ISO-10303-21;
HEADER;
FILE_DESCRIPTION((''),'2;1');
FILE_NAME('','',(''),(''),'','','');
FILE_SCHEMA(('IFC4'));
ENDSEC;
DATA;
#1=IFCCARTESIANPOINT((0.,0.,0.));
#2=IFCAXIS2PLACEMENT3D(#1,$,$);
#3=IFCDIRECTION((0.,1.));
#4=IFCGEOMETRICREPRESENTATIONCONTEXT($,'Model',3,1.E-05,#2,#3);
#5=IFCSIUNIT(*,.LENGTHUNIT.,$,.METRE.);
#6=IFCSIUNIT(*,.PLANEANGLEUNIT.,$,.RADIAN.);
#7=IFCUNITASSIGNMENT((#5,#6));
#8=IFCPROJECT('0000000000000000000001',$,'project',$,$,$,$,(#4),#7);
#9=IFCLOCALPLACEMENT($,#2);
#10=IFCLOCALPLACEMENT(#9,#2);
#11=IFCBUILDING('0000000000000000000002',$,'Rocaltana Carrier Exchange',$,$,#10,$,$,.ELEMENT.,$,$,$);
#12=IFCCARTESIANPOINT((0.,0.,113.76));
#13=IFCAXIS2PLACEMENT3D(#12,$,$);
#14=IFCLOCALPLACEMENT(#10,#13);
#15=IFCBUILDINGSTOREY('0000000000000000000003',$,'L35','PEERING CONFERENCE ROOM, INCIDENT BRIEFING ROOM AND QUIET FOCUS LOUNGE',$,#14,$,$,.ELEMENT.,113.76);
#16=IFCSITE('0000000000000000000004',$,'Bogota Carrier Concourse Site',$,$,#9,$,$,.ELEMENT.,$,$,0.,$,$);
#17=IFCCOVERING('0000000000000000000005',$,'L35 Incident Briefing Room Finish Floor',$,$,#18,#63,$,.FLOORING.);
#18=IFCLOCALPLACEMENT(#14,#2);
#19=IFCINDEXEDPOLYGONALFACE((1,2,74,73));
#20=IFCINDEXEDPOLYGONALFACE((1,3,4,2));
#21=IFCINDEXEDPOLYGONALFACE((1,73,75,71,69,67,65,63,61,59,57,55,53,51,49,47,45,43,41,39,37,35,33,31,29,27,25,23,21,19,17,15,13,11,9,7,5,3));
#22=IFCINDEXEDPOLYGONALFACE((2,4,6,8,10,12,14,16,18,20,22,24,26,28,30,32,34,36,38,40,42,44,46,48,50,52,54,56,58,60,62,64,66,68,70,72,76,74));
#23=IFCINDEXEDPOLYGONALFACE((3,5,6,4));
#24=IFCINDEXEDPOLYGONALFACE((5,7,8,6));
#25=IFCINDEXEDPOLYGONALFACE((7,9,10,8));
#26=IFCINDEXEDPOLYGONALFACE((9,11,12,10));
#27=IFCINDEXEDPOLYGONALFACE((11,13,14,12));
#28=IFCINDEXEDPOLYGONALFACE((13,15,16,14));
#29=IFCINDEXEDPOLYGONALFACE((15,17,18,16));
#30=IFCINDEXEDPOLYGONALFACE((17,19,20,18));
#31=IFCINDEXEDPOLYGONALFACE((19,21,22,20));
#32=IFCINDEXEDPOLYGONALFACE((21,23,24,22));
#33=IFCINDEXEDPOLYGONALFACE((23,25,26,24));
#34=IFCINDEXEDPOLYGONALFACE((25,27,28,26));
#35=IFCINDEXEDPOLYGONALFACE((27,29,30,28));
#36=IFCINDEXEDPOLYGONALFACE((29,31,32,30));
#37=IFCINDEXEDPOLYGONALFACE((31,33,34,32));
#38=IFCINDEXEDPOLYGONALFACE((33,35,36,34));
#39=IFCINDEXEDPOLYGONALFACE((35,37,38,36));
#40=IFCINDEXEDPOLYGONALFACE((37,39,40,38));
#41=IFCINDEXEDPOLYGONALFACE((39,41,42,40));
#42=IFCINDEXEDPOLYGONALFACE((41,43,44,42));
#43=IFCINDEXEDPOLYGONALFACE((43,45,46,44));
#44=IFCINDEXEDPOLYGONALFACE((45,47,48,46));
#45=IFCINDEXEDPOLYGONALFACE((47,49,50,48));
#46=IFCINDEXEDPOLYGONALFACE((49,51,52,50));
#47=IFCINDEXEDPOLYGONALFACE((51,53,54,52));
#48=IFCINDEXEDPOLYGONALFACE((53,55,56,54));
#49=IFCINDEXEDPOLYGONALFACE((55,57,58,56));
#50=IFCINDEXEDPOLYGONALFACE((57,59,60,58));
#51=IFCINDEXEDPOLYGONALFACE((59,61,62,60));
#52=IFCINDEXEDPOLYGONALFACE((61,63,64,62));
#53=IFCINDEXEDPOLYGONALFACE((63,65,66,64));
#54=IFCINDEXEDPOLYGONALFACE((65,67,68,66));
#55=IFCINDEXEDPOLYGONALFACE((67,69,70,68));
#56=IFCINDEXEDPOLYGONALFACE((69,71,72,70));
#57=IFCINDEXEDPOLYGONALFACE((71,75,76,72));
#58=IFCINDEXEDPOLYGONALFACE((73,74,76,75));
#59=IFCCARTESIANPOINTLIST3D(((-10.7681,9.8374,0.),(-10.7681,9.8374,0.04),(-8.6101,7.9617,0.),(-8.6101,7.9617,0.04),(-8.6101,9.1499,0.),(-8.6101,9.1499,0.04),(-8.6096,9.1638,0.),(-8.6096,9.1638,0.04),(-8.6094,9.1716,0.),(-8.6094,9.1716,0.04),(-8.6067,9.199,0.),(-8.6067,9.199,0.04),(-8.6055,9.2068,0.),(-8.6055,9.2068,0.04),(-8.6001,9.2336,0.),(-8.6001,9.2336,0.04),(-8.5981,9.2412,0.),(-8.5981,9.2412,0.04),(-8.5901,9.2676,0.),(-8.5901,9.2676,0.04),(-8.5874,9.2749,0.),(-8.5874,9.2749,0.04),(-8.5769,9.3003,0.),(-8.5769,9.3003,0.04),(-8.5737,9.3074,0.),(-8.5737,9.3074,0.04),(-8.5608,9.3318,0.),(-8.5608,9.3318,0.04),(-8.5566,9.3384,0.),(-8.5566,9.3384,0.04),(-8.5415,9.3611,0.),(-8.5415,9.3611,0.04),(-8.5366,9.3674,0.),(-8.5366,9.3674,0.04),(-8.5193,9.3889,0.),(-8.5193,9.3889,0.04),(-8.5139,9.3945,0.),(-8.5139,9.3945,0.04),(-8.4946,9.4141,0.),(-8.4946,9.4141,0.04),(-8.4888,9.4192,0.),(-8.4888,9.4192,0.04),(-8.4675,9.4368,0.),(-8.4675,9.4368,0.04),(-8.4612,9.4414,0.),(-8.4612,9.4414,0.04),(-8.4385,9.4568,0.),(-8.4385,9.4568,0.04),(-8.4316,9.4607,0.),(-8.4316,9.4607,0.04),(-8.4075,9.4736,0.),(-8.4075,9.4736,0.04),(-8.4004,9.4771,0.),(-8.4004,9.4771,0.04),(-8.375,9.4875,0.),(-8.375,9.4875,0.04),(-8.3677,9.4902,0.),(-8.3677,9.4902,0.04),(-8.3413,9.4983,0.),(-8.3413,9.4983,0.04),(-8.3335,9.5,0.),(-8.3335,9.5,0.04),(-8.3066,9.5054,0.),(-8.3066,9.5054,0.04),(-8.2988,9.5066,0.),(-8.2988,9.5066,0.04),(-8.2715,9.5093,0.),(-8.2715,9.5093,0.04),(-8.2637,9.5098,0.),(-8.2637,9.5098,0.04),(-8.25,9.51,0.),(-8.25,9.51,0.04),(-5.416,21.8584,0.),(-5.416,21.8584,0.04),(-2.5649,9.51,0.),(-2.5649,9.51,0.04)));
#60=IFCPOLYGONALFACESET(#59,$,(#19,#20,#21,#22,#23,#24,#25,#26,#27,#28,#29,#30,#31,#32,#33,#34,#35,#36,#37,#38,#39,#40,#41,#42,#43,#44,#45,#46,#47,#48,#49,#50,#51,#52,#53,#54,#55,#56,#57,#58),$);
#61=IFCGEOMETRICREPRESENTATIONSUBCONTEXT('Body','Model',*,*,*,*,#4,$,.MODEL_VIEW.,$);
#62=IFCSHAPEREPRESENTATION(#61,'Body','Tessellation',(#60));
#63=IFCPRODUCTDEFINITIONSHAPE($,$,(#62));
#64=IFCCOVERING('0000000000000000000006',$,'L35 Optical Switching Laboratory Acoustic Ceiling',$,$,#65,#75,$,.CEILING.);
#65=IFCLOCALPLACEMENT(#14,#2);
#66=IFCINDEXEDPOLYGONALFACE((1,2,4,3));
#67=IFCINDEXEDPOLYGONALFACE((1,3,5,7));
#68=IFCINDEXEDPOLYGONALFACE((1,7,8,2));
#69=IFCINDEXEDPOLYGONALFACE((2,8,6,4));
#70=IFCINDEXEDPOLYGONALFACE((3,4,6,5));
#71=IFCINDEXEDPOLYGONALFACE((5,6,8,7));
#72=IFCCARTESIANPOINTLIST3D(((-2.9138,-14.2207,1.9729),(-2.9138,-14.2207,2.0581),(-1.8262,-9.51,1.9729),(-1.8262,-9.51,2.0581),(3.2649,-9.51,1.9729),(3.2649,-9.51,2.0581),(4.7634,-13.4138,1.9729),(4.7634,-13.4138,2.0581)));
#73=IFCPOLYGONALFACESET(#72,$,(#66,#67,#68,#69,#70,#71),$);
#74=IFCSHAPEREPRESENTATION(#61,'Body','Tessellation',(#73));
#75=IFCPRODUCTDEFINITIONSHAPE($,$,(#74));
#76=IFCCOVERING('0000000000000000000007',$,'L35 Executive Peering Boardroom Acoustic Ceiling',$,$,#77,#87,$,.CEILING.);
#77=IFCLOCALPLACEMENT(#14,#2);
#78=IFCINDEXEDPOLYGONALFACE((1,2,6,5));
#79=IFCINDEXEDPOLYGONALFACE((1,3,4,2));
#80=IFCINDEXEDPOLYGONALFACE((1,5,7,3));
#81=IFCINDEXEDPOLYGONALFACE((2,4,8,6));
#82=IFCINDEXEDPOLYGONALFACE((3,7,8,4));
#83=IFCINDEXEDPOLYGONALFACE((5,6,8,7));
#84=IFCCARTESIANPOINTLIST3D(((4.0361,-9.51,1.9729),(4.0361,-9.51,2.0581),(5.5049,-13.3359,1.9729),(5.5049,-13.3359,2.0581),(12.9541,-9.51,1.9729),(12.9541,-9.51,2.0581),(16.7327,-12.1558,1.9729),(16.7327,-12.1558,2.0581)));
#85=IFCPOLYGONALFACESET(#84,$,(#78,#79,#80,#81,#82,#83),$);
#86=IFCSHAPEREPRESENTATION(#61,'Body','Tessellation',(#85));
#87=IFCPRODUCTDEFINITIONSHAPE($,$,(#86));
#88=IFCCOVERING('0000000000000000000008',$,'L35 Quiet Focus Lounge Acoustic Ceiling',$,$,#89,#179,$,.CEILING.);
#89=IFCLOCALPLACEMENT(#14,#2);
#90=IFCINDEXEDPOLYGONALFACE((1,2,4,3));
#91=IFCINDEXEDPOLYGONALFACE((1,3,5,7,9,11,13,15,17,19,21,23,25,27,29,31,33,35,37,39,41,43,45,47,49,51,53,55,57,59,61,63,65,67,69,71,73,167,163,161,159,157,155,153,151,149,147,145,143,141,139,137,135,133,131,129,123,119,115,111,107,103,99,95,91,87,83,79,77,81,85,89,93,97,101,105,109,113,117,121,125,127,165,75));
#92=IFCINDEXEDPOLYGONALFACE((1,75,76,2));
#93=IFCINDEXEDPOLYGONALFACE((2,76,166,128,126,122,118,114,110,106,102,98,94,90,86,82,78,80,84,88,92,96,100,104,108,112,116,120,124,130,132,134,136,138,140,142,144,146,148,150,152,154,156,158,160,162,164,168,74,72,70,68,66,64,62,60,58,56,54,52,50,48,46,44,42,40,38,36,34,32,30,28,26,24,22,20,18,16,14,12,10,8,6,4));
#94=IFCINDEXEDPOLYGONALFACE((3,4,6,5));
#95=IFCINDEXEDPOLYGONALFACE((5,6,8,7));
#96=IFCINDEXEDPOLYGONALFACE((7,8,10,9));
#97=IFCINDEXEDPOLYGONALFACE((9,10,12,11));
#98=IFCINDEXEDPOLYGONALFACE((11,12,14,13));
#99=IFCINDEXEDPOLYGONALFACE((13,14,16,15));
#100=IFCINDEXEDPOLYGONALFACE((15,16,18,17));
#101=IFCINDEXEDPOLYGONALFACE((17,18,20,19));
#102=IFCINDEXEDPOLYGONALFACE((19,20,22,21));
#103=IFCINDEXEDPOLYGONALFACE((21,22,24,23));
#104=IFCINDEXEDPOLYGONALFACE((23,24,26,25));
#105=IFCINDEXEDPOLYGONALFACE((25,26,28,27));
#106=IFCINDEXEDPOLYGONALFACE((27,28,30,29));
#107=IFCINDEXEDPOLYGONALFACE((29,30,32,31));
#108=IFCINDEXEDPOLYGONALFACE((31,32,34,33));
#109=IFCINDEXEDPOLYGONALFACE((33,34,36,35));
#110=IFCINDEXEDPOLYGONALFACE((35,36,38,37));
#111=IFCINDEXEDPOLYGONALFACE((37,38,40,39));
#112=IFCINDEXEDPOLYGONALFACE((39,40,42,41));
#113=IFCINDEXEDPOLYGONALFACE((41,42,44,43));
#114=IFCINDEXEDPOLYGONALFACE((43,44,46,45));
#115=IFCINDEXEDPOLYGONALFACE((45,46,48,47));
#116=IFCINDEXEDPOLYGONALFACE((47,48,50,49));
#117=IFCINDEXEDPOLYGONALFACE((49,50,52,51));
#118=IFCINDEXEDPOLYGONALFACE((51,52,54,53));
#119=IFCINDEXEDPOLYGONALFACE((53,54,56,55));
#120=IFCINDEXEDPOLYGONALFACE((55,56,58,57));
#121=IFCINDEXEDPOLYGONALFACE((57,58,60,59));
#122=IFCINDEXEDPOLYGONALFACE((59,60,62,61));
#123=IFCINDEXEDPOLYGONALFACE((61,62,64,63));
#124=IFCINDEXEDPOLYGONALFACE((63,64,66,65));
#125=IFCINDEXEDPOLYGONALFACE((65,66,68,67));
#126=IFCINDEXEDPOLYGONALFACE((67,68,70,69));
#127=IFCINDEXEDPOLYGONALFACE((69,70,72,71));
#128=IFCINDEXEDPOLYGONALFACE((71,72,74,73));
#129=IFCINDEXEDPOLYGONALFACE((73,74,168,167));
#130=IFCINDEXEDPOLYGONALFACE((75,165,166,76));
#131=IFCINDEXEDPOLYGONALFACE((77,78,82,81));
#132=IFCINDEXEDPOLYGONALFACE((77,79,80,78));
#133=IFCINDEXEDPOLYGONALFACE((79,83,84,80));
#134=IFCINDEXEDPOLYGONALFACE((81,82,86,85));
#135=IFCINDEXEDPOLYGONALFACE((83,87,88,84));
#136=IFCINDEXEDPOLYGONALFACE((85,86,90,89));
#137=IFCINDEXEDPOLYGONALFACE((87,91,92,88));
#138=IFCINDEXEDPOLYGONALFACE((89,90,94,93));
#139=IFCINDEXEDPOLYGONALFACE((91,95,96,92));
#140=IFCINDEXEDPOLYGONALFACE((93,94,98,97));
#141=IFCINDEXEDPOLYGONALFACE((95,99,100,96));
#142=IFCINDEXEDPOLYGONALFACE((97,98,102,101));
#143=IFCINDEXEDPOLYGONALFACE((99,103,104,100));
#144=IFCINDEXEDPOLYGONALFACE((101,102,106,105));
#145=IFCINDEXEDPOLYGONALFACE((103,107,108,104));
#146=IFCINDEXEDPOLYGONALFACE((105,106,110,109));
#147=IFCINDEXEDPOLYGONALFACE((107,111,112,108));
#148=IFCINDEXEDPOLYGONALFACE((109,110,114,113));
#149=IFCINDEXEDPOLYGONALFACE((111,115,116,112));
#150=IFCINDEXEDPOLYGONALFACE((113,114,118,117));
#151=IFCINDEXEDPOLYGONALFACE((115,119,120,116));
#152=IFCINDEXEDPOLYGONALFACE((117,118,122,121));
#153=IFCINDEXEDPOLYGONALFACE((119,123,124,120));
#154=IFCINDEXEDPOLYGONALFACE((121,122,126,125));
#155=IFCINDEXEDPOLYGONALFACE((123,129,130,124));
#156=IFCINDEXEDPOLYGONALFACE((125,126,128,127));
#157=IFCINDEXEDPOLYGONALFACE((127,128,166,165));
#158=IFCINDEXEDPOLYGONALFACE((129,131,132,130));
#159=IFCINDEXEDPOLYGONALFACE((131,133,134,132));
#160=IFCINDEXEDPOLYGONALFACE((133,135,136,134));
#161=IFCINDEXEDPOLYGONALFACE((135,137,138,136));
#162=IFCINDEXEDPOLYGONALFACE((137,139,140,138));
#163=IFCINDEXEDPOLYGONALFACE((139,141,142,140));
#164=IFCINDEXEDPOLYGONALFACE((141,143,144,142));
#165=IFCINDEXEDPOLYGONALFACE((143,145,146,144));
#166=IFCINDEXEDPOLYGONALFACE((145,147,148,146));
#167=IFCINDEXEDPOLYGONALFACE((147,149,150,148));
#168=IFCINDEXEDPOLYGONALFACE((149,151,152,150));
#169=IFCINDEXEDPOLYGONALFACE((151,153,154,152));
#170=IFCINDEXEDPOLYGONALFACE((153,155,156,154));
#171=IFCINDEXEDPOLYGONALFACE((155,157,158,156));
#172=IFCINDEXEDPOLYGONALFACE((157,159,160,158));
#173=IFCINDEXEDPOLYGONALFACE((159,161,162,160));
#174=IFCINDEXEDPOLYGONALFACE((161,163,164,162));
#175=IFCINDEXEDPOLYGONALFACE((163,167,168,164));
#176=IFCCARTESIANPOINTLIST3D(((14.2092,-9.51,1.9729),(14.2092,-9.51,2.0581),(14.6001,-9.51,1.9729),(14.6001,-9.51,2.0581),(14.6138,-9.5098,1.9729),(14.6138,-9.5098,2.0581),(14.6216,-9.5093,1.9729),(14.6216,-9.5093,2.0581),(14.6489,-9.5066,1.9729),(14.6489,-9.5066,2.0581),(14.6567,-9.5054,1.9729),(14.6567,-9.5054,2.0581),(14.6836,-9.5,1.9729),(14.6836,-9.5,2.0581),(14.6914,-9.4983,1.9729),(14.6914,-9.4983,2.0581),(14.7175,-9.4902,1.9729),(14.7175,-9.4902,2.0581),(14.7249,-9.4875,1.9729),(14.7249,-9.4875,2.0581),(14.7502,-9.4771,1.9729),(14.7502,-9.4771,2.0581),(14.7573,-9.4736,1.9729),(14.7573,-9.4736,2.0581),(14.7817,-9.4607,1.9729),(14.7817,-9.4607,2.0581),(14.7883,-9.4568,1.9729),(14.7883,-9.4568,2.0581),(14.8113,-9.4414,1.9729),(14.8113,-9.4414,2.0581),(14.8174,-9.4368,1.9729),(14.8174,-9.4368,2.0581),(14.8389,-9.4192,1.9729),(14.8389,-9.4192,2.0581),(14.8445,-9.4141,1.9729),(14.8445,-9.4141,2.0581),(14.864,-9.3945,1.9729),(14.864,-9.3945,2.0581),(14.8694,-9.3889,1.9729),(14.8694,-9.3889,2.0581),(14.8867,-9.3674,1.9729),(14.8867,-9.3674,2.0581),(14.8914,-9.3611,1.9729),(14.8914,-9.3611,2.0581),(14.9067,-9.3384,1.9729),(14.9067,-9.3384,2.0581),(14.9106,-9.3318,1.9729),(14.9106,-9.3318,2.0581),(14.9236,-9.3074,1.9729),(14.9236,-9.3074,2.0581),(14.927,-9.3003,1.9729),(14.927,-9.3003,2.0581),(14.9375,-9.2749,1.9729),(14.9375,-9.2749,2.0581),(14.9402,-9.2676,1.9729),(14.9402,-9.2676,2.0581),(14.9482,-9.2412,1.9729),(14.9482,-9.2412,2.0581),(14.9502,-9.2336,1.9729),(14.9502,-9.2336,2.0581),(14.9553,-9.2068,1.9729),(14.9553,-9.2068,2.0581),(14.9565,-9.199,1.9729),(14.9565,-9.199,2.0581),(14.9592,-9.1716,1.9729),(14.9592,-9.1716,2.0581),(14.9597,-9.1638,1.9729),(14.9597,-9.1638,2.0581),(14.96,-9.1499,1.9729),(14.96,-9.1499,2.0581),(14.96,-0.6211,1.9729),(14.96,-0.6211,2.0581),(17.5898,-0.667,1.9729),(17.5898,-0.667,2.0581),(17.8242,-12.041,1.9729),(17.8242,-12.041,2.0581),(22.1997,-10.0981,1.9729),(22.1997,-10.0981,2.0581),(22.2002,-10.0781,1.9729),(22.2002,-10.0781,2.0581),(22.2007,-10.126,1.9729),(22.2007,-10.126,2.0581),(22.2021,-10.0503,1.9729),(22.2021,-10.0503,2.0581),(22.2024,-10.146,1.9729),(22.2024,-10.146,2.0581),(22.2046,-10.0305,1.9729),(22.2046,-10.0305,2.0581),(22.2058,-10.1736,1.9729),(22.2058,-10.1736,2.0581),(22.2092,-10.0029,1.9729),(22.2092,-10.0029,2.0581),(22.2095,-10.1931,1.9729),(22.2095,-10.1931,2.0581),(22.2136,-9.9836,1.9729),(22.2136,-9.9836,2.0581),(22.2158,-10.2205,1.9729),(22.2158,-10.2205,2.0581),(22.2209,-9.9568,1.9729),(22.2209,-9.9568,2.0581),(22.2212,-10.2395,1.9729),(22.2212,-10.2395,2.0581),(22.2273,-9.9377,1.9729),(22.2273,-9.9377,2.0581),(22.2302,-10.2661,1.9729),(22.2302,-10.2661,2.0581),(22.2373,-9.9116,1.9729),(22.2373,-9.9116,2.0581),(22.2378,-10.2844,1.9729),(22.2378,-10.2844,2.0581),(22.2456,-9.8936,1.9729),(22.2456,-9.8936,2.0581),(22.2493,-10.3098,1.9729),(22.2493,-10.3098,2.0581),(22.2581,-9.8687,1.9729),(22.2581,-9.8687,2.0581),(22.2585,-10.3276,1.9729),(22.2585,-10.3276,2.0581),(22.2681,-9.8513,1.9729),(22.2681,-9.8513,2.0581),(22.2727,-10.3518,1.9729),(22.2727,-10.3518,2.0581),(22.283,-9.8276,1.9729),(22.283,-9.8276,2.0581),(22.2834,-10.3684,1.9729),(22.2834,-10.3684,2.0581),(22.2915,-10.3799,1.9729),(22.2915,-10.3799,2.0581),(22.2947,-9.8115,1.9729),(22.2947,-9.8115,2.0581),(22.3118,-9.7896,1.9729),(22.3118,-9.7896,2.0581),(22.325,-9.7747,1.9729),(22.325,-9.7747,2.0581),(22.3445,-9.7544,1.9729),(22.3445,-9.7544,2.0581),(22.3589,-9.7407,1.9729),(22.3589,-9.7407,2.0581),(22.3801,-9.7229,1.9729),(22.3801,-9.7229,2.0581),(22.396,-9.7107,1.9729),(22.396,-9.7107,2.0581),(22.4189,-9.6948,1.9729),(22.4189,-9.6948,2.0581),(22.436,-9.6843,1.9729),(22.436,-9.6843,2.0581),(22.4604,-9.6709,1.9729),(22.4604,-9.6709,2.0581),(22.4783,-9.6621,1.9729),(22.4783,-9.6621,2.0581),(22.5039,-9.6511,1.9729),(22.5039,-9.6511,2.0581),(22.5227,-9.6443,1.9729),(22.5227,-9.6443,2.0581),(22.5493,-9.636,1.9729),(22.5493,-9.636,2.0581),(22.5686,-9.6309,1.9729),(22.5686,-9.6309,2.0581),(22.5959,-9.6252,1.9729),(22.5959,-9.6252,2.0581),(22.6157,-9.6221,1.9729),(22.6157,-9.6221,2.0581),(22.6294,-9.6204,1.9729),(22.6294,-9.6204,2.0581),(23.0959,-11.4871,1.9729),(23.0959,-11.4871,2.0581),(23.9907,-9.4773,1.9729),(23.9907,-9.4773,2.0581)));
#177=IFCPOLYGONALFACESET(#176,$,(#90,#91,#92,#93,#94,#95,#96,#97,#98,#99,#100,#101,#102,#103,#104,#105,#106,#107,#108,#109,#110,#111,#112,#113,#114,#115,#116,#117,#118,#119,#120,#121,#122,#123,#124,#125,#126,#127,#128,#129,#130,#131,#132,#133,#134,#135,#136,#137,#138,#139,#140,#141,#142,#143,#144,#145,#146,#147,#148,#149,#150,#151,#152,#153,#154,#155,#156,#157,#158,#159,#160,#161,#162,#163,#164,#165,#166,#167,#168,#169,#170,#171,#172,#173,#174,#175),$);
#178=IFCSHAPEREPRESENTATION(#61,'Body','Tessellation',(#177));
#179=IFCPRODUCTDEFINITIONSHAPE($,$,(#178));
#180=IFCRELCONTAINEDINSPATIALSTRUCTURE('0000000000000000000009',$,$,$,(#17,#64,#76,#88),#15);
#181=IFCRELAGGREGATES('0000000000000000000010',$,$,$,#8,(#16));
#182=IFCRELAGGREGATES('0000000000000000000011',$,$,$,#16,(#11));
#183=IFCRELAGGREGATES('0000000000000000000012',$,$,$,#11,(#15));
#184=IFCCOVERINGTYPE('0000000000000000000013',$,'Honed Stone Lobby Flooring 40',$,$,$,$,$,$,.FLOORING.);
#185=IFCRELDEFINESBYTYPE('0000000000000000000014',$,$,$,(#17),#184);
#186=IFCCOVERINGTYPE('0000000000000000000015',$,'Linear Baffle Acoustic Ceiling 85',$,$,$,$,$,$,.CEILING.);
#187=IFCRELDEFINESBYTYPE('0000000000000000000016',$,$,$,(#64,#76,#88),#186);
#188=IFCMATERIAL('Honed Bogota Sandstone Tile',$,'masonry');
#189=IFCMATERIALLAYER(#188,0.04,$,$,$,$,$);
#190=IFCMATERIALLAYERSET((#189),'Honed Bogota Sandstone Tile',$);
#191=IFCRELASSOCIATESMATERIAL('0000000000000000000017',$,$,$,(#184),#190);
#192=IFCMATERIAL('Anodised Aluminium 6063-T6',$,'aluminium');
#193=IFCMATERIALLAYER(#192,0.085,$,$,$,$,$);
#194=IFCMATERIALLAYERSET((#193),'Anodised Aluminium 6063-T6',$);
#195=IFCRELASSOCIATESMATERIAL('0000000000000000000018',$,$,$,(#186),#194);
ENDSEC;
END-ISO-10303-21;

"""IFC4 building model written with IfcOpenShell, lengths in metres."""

from ifc_helpers import new_model, si_unit, direction, frame, origin, place, context, subcontext, project, spatial, polyline, outline, extrude, material, layer, layer_set, type_object, element, save


model = new_model("IFC4")

# Units and contexts
model_context = context("Model", 3, precision=1e-05, world=origin(), true_north=direction((0.0, 1.0)))
body_context = subcontext(model_context, "Body", "Model", "MODEL_VIEW")
ifc_project = project(units=[si_unit("LENGTHUNIT", "METRE"), si_unit("PLANEANGLEUNIT", "RADIAN")], contexts=[model_context])

# Site, building, storey
site_placement = place(None, origin())
site = spatial("IfcSite", under=ifc_project, at=site_placement, Name="Bogota Carrier Concourse Site", CompositionType="ELEMENT", RefElevation=0.0)
building_placement = place(site_placement, origin())
building = spatial("IfcBuilding", under=site, at=building_placement, Name="Rocaltana Carrier Exchange", CompositionType="ELEMENT")
storey_placement = place(building_placement, frame((0.0, 0.0, 113.76)))
storey = spatial("IfcBuildingStorey", under=building, at=storey_placement, Name="L35", Description="PEERING CONFERENCE ROOM, INCIDENT BRIEFING ROOM AND QUIET FOCUS LOUNGE", CompositionType="ELEMENT", Elevation=113.76)

# Coverings
ifc_material_1 = material(Name="Honed Bogota Sandstone Tile", Category="masonry")
ifc_layer_1 = layer(ifc_material_1, 0.04)
ifc_layer_set_1 = layer_set([ifc_layer_1], Name="Honed Bogota Sandstone Tile")
covering_type_1 = type_object("IfcCoveringType", Name="Honed Stone Lobby Flooring 40", PredefinedType="FLOORING", material=ifc_layer_set_1)
covering_1_placement = place(storey_placement, origin())
element("IfcCovering", 1, at=covering_1_placement, inside=storey, type_object=covering_type_1, Name="L35 Incident Briefing Room Finish Floor", PredefinedType="FLOORING", context=body_context, shape_type="SweptSolid", body=[
    extrude(outline(polyline([(-5.416, 21.8584), (-2.5649, 9.51), (-8.25, 9.51), (-8.2637, 9.5098), (-8.2715, 9.5093), (-8.2988, 9.5066), (-8.3066, 9.5054), (-8.3335, 9.5), (-8.3413, 9.4983), (-8.3677, 9.4902), (-8.375, 9.4875), (-8.4004, 9.4771), (-8.4075, 9.4736), (-8.4316, 9.4607), (-8.4385, 9.4568), (-8.4612, 9.4414), (-8.4675, 9.4368), (-8.4888, 9.4192), (-8.4946, 9.4141), (-8.5139, 9.3945), (-8.5193, 9.3889), (-8.5366, 9.3674), (-8.5415, 9.3611), (-8.5566, 9.3384), (-8.5608, 9.3318), (-8.5737, 9.3074), (-8.5769, 9.3003), (-8.5874, 9.2749), (-8.5901, 9.2676), (-8.5981, 9.2412), (-8.6001, 9.2336), (-8.6055, 9.2068), (-8.6067, 9.199), (-8.6094, 9.1716), (-8.6096, 9.1638), (-8.6101, 9.1499), (-8.6101, 7.9617), (-10.7681, 9.8374), (-5.416, 21.8584)])), origin(), (0.0, 0.0, 1.0), 0.04),
])
ifc_material_2 = material(Name="Anodised Aluminium 6063-T6", Category="aluminium")
ifc_layer_2 = layer(ifc_material_2, 0.085)
ifc_layer_set_2 = layer_set([ifc_layer_2], Name="Anodised Aluminium 6063-T6")
covering_type_2 = type_object("IfcCoveringType", Name="Linear Baffle Acoustic Ceiling 85", PredefinedType="CEILING", material=ifc_layer_set_2)
covering_2_placement = place(storey_placement, frame((0.0, 0.0, 1.9729)))
element("IfcCovering", 2, at=covering_2_placement, inside=storey, type_object=covering_type_2, Name="L35 Optical Switching Laboratory Acoustic Ceiling", PredefinedType="CEILING", context=body_context, shape_type="SweptSolid", body=[
    extrude(outline(polyline([(-2.9138, -14.2207), (-1.8262, -9.51), (3.2649, -9.51), (4.7634, -13.4138), (-2.9138, -14.2207)])), origin(), (0.0, 0.0, 1.0), 0.0852),
])
covering_3_placement = place(storey_placement, frame((0.0, 0.0, 1.9729)))
element("IfcCovering", 3, at=covering_3_placement, inside=storey, type_object=covering_type_2, Name="L35 Executive Peering Boardroom Acoustic Ceiling", PredefinedType="CEILING", context=body_context, shape_type="SweptSolid", body=[
    extrude(outline(polyline([(5.5049, -13.3359), (4.0361, -9.51), (12.9541, -9.51), (16.7327, -12.1558), (5.5049, -13.3359)])), origin(), (0.0, 0.0, 1.0), 0.0852),
])
covering_4_placement = place(storey_placement, frame((0.0, 0.0, 1.9729)))
element("IfcCovering", 4, at=covering_4_placement, inside=storey, type_object=covering_type_2, Name="L35 Quiet Focus Lounge Acoustic Ceiling", PredefinedType="CEILING", context=body_context, shape_type="SweptSolid", body=[
    extrude(outline(polyline([(23.9907, -9.4773), (22.6294, -9.6204), (22.6157, -9.6221), (22.5959, -9.6252), (22.5686, -9.6309), (22.5493, -9.636), (22.5227, -9.6443), (22.5039, -9.6511), (22.4783, -9.6621), (22.4604, -9.6709), (22.436, -9.6843), (22.4189, -9.6948), (22.396, -9.7107), (22.3801, -9.7229), (22.3589, -9.7407), (22.3445, -9.7544), (22.325, -9.7747), (22.3118, -9.7896), (22.2947, -9.8115), (22.283, -9.8276), (22.2681, -9.8513), (22.2581, -9.8687), (22.2456, -9.8936), (22.2373, -9.9116), (22.2273, -9.9377), (22.2209, -9.9568), (22.2136, -9.9836), (22.2092, -10.0029), (22.2046, -10.0305), (22.2021, -10.0503), (22.2002, -10.0781), (22.1997, -10.0981), (22.2007, -10.126), (22.2024, -10.146), (22.2058, -10.1736), (22.2095, -10.1931), (22.2158, -10.2205), (22.2212, -10.2395), (22.2302, -10.2661), (22.2378, -10.2844), (22.2493, -10.3098), (22.2585, -10.3276), (22.2727, -10.3518), (22.2834, -10.3684), (22.2915, -10.3799), (23.0959, -11.4871), (17.8242, -12.041), (14.2092, -9.51), (14.6001, -9.51), (14.6138, -9.5098), (14.6216, -9.5093), (14.6489, -9.5066), (14.6567, -9.5054), (14.6836, -9.5), (14.6914, -9.4983), (14.7175, -9.4902), (14.7249, -9.4875), (14.7502, -9.4771), (14.7573, -9.4736), (14.7817, -9.4607), (14.7883, -9.4568), (14.8113, -9.4414), (14.8174, -9.4368), (14.8389, -9.4192), (14.8445, -9.4141), (14.864, -9.3945), (14.8694, -9.3889), (14.8867, -9.3674), (14.8914, -9.3611), (14.9067, -9.3384), (14.9106, -9.3318), (14.9236, -9.3074), (14.927, -9.3003), (14.9375, -9.2749), (14.9402, -9.2676), (14.9482, -9.2412), (14.9502, -9.2336), (14.9553, -9.2068), (14.9565, -9.199), (14.9592, -9.1716), (14.9597, -9.1638), (14.96, -9.1499), (14.96, -0.6211), (17.5898, -0.667), (23.9907, -9.4773)])), origin(), (0.0, 0.0, 1.0), 0.0852),
])

save(model, "model.ifc")
